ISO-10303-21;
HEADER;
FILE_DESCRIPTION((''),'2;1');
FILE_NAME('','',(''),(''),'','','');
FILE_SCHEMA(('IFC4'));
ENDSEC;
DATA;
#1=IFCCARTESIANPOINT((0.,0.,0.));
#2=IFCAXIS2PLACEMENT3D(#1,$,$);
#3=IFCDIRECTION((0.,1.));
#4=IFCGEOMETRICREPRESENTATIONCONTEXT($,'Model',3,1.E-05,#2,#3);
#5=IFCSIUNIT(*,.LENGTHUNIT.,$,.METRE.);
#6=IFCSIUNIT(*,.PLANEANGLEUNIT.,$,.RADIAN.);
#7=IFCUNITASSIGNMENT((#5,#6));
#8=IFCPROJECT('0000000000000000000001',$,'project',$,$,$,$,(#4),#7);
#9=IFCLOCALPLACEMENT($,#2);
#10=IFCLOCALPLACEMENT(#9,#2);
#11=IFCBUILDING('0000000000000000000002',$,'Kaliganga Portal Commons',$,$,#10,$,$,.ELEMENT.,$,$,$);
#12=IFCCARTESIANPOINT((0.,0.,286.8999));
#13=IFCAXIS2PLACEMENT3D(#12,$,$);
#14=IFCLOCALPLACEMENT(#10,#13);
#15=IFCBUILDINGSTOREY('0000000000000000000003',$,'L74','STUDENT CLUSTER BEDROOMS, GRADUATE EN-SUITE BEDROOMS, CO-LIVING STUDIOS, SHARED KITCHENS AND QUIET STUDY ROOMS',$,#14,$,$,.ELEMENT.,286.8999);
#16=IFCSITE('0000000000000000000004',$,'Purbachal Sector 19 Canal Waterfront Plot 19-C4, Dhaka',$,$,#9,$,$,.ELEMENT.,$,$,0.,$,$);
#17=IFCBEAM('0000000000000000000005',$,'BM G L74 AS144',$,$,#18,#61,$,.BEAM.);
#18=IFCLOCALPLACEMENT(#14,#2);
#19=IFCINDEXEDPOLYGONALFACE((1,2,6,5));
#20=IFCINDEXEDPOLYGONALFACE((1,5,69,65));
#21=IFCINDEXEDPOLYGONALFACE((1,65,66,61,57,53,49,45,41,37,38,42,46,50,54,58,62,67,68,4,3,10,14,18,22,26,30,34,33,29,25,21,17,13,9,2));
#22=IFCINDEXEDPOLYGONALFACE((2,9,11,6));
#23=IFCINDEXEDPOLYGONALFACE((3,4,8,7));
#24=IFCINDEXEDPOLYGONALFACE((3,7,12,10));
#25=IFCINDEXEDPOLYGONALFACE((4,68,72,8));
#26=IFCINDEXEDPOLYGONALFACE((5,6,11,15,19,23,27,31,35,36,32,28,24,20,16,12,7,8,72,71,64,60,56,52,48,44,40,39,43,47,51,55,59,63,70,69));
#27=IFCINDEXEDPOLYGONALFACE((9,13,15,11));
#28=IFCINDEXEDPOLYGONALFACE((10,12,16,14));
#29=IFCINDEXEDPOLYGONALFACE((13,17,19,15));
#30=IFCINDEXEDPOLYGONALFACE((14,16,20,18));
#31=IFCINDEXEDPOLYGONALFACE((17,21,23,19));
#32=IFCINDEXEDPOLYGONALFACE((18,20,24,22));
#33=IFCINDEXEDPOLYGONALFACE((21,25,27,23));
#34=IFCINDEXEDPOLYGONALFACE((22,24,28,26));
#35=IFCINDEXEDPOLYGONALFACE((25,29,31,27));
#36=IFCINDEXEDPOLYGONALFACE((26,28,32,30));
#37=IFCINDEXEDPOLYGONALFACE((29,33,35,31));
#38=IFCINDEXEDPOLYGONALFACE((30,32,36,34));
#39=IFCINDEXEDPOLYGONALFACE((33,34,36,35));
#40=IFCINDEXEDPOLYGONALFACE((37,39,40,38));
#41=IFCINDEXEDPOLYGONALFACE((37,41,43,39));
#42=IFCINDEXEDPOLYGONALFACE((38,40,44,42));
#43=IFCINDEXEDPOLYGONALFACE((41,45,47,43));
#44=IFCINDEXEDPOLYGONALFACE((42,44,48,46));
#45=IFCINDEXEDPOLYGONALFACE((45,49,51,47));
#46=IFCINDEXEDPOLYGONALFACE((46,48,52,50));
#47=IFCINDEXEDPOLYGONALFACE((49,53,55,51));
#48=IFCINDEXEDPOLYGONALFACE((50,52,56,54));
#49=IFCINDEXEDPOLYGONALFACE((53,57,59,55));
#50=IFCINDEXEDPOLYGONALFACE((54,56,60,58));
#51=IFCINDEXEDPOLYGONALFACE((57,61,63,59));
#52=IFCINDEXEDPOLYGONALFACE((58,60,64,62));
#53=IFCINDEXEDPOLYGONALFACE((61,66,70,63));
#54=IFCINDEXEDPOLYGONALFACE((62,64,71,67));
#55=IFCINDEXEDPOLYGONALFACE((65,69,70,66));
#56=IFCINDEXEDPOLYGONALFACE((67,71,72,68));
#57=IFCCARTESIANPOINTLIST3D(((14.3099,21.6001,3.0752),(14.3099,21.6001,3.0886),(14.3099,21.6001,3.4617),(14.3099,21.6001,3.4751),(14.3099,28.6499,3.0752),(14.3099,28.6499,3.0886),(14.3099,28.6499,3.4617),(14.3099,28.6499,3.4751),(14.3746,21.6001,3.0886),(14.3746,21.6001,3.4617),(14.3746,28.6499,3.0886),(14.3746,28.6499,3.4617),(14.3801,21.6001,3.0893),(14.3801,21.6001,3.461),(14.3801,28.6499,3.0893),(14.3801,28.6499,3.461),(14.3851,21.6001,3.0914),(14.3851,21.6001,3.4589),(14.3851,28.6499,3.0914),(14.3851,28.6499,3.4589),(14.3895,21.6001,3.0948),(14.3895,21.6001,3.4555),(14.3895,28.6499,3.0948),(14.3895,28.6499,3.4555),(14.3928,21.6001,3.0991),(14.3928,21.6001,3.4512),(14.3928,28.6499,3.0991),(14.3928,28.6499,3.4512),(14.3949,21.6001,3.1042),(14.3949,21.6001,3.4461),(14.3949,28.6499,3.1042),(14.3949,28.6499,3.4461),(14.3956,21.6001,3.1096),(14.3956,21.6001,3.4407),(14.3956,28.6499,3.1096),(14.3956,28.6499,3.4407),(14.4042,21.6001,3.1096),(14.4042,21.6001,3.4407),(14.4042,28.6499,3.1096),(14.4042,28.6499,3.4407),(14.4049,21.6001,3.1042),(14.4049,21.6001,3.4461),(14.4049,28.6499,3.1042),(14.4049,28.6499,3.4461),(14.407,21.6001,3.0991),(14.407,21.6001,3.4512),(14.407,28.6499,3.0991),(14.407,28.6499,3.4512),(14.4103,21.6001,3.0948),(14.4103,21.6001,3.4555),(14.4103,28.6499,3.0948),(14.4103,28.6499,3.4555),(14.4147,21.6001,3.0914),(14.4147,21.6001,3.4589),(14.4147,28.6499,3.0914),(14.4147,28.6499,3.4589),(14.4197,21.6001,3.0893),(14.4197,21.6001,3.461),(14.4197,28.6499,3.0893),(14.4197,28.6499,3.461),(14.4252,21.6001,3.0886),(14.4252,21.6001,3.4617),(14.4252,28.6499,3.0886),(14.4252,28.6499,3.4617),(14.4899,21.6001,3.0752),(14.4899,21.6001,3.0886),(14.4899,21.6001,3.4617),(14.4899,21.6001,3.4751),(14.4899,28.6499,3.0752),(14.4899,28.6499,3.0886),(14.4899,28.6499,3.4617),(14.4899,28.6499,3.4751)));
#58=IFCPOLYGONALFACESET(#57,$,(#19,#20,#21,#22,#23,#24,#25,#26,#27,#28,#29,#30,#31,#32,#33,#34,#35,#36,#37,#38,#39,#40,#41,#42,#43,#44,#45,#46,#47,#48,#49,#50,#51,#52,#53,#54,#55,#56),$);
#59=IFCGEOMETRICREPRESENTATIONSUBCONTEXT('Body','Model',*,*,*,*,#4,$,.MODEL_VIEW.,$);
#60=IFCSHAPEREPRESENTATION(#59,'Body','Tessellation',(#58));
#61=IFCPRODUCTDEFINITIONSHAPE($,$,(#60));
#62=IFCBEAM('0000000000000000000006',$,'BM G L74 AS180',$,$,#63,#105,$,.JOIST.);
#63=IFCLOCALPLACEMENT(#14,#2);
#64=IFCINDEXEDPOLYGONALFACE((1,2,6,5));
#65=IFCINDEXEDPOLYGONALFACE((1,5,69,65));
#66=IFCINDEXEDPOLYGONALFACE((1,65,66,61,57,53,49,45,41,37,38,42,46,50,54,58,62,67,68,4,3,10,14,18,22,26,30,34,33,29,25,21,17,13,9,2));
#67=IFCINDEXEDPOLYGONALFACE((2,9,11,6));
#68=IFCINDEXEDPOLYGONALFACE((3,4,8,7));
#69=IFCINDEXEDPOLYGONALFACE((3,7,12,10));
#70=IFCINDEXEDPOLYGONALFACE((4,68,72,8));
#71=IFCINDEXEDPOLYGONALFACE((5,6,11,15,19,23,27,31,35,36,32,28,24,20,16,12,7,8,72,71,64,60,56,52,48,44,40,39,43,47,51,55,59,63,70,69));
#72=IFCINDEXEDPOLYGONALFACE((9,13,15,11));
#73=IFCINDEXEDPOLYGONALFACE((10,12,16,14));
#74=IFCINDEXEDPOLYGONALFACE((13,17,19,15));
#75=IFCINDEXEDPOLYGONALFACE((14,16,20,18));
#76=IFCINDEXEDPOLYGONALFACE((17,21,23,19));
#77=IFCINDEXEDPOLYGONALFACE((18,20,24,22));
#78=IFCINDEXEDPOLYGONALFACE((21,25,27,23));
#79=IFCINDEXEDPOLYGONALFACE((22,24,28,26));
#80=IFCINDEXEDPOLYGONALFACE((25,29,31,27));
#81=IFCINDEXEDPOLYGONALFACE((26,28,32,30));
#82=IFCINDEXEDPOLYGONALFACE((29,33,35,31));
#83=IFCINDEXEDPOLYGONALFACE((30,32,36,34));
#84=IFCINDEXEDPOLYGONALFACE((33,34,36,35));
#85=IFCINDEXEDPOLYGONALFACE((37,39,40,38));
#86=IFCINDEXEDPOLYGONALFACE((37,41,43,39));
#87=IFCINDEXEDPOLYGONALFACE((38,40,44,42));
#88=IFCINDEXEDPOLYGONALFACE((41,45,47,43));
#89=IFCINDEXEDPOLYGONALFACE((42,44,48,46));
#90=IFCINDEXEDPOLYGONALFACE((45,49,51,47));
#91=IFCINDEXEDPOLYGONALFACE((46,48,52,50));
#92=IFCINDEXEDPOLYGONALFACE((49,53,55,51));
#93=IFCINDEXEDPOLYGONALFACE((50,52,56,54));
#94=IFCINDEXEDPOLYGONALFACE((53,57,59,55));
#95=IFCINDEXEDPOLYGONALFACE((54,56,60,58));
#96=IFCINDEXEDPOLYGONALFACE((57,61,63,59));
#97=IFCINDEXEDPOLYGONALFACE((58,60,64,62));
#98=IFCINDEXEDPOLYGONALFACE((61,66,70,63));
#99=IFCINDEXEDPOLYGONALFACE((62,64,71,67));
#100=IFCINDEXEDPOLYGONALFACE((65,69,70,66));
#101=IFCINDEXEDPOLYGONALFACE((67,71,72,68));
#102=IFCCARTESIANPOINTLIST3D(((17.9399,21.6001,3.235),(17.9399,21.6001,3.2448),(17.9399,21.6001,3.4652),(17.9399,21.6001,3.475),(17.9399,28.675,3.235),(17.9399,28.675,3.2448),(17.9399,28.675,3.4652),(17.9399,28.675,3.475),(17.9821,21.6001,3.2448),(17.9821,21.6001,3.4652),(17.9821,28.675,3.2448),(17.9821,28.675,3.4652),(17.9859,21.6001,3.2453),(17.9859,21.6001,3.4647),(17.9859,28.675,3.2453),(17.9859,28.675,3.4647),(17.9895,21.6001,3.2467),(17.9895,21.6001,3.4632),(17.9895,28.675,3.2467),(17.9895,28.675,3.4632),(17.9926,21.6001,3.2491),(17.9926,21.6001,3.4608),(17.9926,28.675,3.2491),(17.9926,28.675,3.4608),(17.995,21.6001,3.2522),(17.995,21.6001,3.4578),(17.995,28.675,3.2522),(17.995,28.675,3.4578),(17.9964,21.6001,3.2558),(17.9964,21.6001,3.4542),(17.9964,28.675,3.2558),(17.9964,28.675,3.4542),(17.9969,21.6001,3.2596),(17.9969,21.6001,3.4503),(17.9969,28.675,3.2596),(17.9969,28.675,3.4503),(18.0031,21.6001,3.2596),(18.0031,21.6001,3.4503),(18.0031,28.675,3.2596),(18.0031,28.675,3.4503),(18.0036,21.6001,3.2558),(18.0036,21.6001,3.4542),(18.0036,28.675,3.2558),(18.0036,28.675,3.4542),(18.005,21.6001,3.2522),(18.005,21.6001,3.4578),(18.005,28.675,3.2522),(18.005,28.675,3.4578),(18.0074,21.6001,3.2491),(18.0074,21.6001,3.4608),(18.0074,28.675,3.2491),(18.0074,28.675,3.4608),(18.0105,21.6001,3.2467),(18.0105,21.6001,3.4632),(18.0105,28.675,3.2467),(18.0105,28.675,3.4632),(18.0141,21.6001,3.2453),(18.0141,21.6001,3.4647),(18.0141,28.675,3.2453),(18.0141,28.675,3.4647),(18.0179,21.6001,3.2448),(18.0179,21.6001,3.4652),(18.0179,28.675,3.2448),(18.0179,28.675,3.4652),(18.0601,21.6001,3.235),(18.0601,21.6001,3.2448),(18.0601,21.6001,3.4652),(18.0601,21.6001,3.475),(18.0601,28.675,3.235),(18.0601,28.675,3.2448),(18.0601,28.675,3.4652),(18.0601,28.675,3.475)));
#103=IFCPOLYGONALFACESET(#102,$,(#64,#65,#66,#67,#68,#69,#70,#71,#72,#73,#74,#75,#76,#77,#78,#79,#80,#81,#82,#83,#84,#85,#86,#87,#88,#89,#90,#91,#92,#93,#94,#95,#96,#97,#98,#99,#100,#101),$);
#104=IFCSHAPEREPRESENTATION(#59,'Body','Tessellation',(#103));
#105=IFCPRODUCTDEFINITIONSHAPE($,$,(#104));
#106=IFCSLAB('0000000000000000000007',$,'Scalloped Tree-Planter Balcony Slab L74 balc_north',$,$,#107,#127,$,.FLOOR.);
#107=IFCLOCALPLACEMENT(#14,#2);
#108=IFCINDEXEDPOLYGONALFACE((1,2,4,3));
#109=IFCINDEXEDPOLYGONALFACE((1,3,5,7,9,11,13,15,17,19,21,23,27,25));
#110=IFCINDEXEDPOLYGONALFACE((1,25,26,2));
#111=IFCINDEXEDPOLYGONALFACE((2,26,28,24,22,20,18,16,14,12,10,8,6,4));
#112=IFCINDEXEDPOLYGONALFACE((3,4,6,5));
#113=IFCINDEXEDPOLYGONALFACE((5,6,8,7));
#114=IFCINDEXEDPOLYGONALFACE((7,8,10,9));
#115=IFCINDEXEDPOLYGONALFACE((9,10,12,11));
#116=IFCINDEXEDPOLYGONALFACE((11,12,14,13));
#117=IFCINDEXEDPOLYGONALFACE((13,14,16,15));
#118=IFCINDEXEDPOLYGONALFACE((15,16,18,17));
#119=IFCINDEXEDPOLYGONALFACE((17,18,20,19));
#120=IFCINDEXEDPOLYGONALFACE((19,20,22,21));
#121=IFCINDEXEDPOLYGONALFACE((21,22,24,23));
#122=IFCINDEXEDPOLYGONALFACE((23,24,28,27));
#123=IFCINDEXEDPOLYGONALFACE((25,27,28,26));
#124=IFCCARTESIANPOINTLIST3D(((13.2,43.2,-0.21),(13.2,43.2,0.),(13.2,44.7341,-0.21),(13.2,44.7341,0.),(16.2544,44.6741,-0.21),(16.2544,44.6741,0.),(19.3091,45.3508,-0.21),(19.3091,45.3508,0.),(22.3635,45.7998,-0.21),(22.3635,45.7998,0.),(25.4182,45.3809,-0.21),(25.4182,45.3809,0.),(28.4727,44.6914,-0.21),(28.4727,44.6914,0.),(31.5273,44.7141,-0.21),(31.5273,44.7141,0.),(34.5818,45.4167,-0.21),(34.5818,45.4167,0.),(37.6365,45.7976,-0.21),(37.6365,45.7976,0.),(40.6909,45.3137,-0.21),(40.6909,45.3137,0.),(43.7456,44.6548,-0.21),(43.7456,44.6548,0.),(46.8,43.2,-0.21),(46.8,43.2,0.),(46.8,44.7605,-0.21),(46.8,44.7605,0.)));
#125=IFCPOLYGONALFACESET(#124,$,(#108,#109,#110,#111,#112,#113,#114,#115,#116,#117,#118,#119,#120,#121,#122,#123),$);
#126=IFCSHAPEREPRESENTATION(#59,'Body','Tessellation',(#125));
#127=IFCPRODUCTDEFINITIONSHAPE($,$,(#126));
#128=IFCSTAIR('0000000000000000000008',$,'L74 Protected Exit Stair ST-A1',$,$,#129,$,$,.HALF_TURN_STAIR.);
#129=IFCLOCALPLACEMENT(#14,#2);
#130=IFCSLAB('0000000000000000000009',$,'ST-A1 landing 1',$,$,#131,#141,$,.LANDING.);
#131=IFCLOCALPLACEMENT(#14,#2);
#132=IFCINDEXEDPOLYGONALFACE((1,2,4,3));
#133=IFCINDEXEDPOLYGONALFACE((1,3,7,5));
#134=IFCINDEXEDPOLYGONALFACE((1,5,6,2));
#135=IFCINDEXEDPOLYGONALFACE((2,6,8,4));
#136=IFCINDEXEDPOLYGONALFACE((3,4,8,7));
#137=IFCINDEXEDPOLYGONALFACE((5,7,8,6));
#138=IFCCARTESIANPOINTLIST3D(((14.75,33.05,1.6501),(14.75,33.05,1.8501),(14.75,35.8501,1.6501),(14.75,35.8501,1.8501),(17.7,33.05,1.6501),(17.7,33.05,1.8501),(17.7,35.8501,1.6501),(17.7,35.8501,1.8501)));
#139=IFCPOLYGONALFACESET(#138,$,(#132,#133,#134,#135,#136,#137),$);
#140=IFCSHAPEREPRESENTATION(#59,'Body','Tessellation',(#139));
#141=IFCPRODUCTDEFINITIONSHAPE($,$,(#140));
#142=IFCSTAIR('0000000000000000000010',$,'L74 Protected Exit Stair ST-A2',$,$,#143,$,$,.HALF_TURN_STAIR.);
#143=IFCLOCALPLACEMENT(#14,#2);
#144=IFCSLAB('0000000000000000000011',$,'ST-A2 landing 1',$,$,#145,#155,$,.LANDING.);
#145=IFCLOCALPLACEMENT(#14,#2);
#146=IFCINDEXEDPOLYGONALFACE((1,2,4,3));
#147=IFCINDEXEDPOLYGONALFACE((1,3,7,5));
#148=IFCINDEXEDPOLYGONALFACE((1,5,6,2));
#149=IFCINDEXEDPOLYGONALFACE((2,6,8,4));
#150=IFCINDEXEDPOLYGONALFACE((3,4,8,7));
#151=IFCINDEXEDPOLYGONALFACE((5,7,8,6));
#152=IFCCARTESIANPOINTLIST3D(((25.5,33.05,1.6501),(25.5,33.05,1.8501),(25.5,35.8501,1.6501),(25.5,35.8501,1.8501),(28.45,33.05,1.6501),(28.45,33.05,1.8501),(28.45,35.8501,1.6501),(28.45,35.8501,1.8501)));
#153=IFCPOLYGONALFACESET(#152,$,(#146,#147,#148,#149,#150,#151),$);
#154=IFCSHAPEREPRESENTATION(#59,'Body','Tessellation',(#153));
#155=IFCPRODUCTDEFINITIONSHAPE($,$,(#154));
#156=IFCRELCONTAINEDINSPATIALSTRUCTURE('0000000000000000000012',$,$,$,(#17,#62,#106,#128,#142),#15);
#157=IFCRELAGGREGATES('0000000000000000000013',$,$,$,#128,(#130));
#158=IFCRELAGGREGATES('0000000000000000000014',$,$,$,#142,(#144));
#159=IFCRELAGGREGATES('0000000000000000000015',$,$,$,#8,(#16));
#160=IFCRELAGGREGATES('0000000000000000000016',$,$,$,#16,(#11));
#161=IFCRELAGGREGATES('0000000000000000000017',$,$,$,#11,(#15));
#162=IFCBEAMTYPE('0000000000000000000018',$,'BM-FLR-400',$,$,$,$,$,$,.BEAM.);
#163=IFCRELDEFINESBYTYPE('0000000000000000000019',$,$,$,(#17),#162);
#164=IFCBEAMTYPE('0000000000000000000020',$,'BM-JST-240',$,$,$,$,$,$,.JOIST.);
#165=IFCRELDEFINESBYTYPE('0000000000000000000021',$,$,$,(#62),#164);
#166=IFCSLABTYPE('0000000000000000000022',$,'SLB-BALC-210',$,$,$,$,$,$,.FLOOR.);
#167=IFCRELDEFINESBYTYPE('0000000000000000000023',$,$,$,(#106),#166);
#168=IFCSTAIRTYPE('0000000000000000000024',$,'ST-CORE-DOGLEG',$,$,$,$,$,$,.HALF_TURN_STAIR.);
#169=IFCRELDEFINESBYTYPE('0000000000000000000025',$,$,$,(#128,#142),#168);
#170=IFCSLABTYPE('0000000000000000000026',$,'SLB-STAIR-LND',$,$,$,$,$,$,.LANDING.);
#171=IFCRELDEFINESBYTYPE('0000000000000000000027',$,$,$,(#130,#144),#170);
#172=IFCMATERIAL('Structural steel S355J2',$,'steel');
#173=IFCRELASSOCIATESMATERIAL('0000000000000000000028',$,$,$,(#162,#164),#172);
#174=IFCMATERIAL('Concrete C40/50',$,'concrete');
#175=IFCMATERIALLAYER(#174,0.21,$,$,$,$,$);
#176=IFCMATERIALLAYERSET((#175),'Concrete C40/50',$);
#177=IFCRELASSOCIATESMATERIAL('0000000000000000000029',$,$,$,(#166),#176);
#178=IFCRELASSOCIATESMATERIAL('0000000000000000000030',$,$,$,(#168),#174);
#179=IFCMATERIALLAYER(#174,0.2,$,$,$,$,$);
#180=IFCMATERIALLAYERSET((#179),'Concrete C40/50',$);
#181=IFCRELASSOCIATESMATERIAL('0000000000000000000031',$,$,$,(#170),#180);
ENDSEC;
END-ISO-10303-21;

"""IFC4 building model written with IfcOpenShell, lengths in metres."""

from ifc_helpers import new_model, si_unit, direction, frame, origin, origin_2d, place, context, subcontext, project, spatial, polyline, i_section, outline, extrude, source, transform, mapped, material, layer, layer_set, material_profile, profile_set, type_object, element, aggregate, save


model = new_model("IFC4")

# Units and contexts
model_context = context("Model", 3, precision=1e-05, world=origin(), true_north=direction((0.0, 1.0)))
body_context = subcontext(model_context, "Body", "Model", "MODEL_VIEW")
ifc_project = project(units=[si_unit("LENGTHUNIT", "METRE"), si_unit("PLANEANGLEUNIT", "RADIAN")], contexts=[model_context])

# Site, building, storey
site_placement = place(None, origin())
site = spatial("IfcSite", under=ifc_project, at=site_placement, Name="Purbachal Sector 19 Canal Waterfront Plot 19-C4, Dhaka", CompositionType="ELEMENT", RefElevation=0.0)
building_placement = place(site_placement, origin())
building = spatial("IfcBuilding", under=site, at=building_placement, Name="Kaliganga Portal Commons", CompositionType="ELEMENT")
storey_placement = place(building_placement, frame((0.0, 0.0, 286.8999)))
storey = spatial("IfcBuildingStorey", under=building, at=storey_placement, Name="L74", Description="STUDENT CLUSTER BEDROOMS, GRADUATE EN-SUITE BEDROOMS, CO-LIVING STUDIOS, SHARED KITCHENS AND QUIET STUDY ROOMS", CompositionType="ELEMENT", Elevation=286.8999)

# Shared definitions
ifc_material_1 = material(Name="Structural steel S355J2", Category="steel")

# Beams
ifc_material_profile_1 = material_profile(ifc_material_1, i_section(OverallWidth=0.1799, OverallDepth=0.3999, WebThickness=0.0085, FlangeThickness=0.0134, FilletRadius=0.021, at=origin_2d()), Name="IPE 400")
ifc_profile_set_1 = profile_set([ifc_material_profile_1], Name="Structural steel S355J2 wide-flange")
beam_type_1 = type_object("IfcBeamType", Name="BM-FLR-400", PredefinedType="BEAM", material=ifc_profile_set_1)
shared_shape_1 = source(origin(), body_context, "Body", "SweptSolid", [
    extrude(i_section(OverallWidth=0.1799, OverallDepth=0.3999, WebThickness=0.0085, FlangeThickness=0.0134, FilletRadius=0.021, at=origin_2d()), origin(), (0.0, 0.0, 1.0), 7.0498),
])
beam_1_placement = place(storey_placement, frame((14.3999, 21.6001, 3.2751), z_axis=(0.0, 1.0, 0.0), x_axis=(-1.0, 0.0, 0.0)))
element("IfcBeam", 1, at=beam_1_placement, inside=storey, type_object=beam_type_1, Name="BM G L74 AS144", PredefinedType="BEAM", context=body_context, shape_type="MappedRepresentation", body=[
    mapped(shared_shape_1, transform((0.0, 0.0, 0.0), x_axis=(1.0, 0.0, 0.0), y_axis=(0.0, 1.0, 0.0), z_axis=(0.0, 0.0, 1.0), scale=1.0)),
])
ifc_material_profile_2 = material_profile(ifc_material_1, i_section(OverallWidth=0.1201, OverallDepth=0.24, WebThickness=0.0061, FlangeThickness=0.0098, FilletRadius=0.0149, at=origin_2d()), Name="IPE 240")
ifc_profile_set_2 = profile_set([ifc_material_profile_2], Name="Structural steel S355J2 wide-flange")
beam_type_2 = type_object("IfcBeamType", Name="BM-JST-240", PredefinedType="JOIST", material=ifc_profile_set_2)
shared_shape_2 = source(origin(), body_context, "Body", "SweptSolid", [
    extrude(i_section(OverallWidth=0.1201, OverallDepth=0.24, WebThickness=0.0061, FlangeThickness=0.0098, FilletRadius=0.0149, at=origin_2d()), origin(), (0.0, 0.0, 1.0), 7.075),
])
beam_2_placement = place(storey_placement, frame((18.0, 21.6001, 3.355), z_axis=(0.0, 1.0, 0.0), x_axis=(-1.0, 0.0, 0.0)))
element("IfcBeam", 2, at=beam_2_placement, inside=storey, type_object=beam_type_2, Name="BM G L74 AS180", PredefinedType="JOIST", context=body_context, shape_type="MappedRepresentation", body=[
    mapped(shared_shape_2, transform((0.0, 0.0, 0.0), x_axis=(1.0, 0.0, 0.0), y_axis=(0.0, 1.0, 0.0), z_axis=(0.0, 0.0, 1.0), scale=1.0)),
])

# Slab
ifc_material_2 = material(Name="Concrete C40/50", Category="concrete")
ifc_layer_1 = layer(ifc_material_2, 0.21)
ifc_layer_set_1 = layer_set([ifc_layer_1], Name="Concrete C40/50")
slab_type_1 = type_object("IfcSlabType", Name="SLB-BALC-210", PredefinedType="FLOOR", material=ifc_layer_set_1)
slab_1_placement = place(storey_placement, frame((0.0, 0.0, -0.21)))
element("IfcSlab", 3, at=slab_1_placement, inside=storey, type_object=slab_type_1, Name="Scalloped Tree-Planter Balcony Slab L74 balc_north", PredefinedType="FLOOR", context=body_context, shape_type="SweptSolid", body=[
    extrude(outline(polyline([(46.8, 43.2), (46.8, 44.7605), (43.7456, 44.6548), (40.6909, 45.3137), (37.6365, 45.7976), (34.5818, 45.4167), (31.5273, 44.7141), (28.4727, 44.6914), (25.4182, 45.3809), (22.3635, 45.7998), (19.3091, 45.3508), (16.2544, 44.6741), (13.2, 44.7341), (13.2, 43.2), (46.8, 43.2)])), origin(), (0.0, 0.0, 1.0), 0.21),
])

# Stairs, slabs
stair_type = type_object("IfcStairType", Name="ST-CORE-DOGLEG", PredefinedType="HALF_TURN_STAIR", material=ifc_material_2)
stair_1_placement = place(storey_placement, origin())
stair_1 = element("IfcStair", 4, at=stair_1_placement, inside=storey, type_object=stair_type, Name="L74 Protected Exit Stair ST-A1", PredefinedType="HALF_TURN_STAIR")
ifc_layer_2 = layer(ifc_material_2, 0.2)
ifc_layer_set_2 = layer_set([ifc_layer_2], Name="Concrete C40/50")
slab_type_2 = type_object("IfcSlabType", Name="SLB-STAIR-LND", PredefinedType="LANDING", material=ifc_layer_set_2)
slab_2_placement = place(storey_placement, frame((0.0, 0.0, 1.6501)))
slab_2 = element("IfcSlab", 5, at=slab_2_placement, type_object=slab_type_2, Name="ST-A1 landing 1", PredefinedType="LANDING", context=body_context, shape_type="SweptSolid", body=[
    extrude(outline(polyline([(17.7, 33.05), (17.7, 35.8501), (14.75, 35.8501), (14.75, 33.05), (17.7, 33.05)])), origin(), (0.0, 0.0, 1.0), 0.2),
])
aggregate(stair_1, [slab_2])
stair_2_placement = place(storey_placement, origin())
stair_2 = element("IfcStair", 6, at=stair_2_placement, inside=storey, type_object=stair_type, Name="L74 Protected Exit Stair ST-A2", PredefinedType="HALF_TURN_STAIR")
slab_3_placement = place(storey_placement, frame((0.0, 0.0, 1.6501)))
slab_3 = element("IfcSlab", 7, at=slab_3_placement, type_object=slab_type_2, Name="ST-A2 landing 1", PredefinedType="LANDING", context=body_context, shape_type="SweptSolid", body=[
    extrude(outline(polyline([(28.45, 33.05), (28.45, 35.8501), (25.5, 35.8501), (25.5, 33.05), (28.45, 33.05)])), origin(), (0.0, 0.0, 1.0), 0.2),
])
aggregate(stair_2, [slab_3])

save(model, "model.ifc")
